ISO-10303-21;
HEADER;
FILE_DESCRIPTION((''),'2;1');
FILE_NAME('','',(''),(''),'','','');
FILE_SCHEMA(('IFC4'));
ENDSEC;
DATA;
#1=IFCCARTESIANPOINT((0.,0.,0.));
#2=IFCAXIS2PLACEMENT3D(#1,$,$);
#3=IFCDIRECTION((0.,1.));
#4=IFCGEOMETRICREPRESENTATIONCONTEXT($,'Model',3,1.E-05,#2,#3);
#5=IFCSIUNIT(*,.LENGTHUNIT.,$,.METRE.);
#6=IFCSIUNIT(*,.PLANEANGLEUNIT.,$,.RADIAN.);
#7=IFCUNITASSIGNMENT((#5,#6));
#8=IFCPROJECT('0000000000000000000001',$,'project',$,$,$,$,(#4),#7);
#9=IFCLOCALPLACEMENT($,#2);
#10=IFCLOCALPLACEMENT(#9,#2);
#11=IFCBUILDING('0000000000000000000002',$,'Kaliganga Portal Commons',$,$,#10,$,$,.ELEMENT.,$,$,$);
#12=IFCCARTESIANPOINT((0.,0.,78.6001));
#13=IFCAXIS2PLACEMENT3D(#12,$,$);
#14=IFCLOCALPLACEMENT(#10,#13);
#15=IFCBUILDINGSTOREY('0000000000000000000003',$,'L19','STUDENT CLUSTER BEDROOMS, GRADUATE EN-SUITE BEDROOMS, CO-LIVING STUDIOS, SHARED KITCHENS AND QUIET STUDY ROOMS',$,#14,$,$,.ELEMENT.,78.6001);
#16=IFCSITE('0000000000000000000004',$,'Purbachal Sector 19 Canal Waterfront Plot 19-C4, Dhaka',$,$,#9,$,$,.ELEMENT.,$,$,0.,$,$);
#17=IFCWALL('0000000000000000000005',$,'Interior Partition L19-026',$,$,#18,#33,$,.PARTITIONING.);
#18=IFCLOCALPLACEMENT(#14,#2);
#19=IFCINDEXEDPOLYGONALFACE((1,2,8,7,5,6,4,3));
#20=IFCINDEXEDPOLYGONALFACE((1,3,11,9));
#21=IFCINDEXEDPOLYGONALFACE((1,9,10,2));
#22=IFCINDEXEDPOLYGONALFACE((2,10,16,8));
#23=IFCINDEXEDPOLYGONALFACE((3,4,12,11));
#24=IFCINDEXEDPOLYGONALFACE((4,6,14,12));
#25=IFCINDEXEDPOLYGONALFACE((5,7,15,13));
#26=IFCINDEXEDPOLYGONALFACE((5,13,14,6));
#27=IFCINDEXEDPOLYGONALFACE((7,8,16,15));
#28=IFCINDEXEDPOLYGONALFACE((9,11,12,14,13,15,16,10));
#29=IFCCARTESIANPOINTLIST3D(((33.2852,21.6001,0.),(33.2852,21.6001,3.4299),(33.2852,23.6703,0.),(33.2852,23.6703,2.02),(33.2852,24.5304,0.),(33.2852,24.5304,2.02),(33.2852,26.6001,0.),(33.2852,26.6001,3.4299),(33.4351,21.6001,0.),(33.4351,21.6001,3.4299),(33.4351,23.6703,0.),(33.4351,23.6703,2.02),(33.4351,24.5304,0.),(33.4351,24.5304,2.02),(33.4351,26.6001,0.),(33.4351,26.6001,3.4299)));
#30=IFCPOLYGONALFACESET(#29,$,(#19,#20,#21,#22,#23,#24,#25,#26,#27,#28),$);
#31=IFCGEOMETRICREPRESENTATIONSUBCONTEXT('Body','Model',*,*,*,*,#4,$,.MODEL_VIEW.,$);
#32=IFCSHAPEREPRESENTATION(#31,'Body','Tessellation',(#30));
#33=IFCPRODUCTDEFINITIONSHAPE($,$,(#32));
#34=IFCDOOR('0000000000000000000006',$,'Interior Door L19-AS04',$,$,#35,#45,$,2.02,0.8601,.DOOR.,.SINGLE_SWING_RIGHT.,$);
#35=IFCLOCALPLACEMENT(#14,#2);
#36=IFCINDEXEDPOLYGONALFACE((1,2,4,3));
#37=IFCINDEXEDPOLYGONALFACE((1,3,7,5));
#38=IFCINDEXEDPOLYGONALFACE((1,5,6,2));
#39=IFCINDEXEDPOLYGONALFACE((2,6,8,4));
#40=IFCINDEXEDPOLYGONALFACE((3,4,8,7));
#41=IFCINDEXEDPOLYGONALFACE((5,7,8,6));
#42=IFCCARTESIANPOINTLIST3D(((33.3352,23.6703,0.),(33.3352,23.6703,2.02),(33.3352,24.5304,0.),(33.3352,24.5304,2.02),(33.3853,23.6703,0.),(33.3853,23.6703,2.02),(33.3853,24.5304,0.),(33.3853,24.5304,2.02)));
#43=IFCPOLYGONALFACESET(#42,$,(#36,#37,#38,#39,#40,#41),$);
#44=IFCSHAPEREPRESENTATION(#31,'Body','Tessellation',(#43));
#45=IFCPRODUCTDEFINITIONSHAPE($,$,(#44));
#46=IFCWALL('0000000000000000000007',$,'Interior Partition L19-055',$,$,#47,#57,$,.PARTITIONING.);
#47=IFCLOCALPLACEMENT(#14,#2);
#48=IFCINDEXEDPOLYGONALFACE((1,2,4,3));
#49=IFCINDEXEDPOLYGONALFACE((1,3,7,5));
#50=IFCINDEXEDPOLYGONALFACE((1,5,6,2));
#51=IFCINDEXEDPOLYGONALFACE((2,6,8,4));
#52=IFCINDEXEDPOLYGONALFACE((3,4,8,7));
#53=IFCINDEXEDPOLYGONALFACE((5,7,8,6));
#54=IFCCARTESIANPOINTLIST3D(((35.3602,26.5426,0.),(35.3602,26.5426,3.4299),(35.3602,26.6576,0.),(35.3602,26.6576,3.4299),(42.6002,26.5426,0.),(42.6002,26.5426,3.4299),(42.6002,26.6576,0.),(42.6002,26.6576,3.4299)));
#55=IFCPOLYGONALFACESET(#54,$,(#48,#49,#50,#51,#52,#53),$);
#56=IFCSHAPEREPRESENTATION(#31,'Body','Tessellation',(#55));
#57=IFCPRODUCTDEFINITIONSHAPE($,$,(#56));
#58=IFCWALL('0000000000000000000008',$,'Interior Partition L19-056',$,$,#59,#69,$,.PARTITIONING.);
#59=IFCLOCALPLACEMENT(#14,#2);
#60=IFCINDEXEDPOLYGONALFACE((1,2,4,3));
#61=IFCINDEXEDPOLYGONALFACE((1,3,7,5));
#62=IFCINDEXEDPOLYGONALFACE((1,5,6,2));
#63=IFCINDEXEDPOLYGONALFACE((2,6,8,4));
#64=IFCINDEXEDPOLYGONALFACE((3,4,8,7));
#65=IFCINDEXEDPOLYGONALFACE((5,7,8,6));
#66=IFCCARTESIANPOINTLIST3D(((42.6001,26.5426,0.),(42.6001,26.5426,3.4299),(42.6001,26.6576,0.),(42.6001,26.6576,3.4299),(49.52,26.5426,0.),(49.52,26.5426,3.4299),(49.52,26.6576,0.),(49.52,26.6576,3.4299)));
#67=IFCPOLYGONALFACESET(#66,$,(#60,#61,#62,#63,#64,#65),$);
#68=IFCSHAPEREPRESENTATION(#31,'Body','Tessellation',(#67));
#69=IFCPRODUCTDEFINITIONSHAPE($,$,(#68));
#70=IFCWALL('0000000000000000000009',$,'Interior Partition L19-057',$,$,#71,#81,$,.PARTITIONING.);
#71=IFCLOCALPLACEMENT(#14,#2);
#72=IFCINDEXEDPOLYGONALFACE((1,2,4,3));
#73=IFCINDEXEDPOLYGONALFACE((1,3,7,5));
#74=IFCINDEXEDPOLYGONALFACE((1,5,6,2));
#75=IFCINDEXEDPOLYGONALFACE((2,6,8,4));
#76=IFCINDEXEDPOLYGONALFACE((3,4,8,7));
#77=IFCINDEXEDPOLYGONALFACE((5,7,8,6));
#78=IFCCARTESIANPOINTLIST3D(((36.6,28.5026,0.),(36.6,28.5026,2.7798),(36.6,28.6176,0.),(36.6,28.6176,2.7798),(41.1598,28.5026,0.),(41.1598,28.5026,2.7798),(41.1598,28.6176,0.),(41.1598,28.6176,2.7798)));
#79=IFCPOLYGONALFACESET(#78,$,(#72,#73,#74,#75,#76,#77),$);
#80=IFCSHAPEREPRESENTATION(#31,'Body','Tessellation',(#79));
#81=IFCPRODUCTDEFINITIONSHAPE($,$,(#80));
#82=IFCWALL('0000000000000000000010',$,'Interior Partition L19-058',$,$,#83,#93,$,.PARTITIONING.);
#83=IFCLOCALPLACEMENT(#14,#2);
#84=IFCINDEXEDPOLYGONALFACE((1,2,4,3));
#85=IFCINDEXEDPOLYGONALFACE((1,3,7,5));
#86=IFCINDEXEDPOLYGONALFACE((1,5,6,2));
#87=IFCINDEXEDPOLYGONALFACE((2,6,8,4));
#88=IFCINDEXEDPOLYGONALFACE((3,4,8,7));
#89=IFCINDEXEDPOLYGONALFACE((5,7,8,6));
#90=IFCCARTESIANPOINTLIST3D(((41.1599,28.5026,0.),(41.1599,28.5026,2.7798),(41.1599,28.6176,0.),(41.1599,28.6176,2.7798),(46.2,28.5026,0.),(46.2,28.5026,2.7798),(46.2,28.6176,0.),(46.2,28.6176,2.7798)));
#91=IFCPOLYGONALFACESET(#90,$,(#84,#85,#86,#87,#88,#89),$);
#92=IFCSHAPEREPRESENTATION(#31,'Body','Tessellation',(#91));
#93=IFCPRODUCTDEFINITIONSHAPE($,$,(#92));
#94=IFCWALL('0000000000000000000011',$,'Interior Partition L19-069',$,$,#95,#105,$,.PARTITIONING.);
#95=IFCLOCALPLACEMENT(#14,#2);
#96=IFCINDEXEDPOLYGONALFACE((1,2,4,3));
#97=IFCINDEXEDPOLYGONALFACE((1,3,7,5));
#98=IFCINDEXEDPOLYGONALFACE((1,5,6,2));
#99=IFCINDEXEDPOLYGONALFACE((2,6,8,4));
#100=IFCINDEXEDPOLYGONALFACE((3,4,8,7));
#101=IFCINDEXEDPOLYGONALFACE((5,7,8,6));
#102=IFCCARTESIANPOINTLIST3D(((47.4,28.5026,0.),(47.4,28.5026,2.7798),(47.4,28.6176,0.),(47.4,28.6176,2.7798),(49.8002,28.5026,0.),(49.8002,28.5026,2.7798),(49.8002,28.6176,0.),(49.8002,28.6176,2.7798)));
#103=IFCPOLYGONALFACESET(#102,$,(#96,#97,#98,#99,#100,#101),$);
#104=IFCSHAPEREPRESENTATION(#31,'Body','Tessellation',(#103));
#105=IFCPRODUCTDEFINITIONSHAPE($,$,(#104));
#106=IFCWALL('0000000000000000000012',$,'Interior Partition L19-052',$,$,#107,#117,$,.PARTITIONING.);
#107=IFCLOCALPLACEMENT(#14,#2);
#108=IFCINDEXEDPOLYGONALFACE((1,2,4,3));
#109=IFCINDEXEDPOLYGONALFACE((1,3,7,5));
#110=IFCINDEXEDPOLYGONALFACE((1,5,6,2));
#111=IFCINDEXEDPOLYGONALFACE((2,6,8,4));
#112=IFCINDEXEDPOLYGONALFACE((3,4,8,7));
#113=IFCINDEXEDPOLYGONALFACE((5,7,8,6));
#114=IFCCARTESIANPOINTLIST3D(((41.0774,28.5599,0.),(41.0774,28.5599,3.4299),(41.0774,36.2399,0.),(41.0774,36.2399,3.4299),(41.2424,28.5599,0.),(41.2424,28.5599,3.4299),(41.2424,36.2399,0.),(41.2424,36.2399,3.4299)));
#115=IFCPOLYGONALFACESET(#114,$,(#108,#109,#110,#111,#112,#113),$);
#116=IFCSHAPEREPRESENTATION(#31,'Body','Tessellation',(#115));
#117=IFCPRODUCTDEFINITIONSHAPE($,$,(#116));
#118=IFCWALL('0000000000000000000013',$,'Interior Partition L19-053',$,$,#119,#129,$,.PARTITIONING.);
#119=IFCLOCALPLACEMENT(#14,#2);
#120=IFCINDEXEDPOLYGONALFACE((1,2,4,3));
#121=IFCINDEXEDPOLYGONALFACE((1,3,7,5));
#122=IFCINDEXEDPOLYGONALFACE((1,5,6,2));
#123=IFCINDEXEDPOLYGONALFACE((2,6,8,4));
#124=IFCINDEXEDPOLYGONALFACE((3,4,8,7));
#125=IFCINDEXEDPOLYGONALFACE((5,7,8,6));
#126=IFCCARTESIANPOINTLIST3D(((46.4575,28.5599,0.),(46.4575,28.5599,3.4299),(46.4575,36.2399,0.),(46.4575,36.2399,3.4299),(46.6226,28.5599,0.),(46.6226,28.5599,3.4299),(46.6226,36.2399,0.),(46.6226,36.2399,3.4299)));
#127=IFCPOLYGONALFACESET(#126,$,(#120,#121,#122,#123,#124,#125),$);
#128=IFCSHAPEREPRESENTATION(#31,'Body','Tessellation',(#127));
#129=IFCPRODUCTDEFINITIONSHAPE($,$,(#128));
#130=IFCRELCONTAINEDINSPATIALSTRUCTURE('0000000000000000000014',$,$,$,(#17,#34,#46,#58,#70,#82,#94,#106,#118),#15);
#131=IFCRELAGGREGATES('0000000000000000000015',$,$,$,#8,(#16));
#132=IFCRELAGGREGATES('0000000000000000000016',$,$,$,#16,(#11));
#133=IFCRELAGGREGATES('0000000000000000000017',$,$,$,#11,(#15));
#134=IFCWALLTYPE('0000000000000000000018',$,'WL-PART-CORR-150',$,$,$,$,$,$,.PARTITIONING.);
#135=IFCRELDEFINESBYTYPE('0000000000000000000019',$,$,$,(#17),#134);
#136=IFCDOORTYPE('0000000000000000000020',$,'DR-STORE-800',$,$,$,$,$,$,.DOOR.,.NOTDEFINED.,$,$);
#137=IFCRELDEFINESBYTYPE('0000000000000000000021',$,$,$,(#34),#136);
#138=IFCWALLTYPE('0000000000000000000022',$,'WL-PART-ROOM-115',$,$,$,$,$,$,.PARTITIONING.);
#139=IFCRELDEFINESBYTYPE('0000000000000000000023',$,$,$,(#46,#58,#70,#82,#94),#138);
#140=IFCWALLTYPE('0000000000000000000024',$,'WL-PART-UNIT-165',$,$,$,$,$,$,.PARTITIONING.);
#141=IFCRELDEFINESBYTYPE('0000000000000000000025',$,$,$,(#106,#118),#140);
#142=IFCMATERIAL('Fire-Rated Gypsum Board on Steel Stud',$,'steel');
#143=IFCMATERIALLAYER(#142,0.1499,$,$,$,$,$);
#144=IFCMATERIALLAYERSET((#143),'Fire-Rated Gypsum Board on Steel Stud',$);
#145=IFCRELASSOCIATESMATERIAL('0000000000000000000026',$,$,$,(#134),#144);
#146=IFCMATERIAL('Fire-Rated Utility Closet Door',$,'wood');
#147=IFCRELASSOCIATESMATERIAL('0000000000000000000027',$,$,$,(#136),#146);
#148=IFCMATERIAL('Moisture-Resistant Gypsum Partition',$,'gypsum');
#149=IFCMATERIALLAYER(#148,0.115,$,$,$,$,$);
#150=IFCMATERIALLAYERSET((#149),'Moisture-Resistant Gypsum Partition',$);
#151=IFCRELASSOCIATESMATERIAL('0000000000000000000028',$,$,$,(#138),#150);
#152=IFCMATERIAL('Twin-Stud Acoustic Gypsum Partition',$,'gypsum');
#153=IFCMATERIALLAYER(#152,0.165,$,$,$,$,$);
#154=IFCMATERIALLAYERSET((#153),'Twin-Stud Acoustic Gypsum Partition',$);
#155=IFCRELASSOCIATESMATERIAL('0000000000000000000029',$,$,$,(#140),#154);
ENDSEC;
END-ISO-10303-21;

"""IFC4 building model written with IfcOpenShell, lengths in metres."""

from ifc_helpers import new_model, si_unit, direction, frame, frame_2d, origin, place, context, subcontext, project, spatial, rectangle, extrude, material, layer, layer_set, type_object, element, fill, save


model = new_model("IFC4")

# Units and contexts
model_context = context("Model", 3, precision=1e-05, world=origin(), true_north=direction((0.0, 1.0)))
body_context = subcontext(model_context, "Body", "Model", "MODEL_VIEW")
ifc_project = project(units=[si_unit("LENGTHUNIT", "METRE"), si_unit("PLANEANGLEUNIT", "RADIAN")], contexts=[model_context])

# Site, building, storey
site_placement = place(None, origin())
site = spatial("IfcSite", under=ifc_project, at=site_placement, Name="Purbachal Sector 19 Canal Waterfront Plot 19-C4, Dhaka", CompositionType="ELEMENT", RefElevation=0.0)
building_placement = place(site_placement, origin())
building = spatial("IfcBuilding", under=site, at=building_placement, Name="Kaliganga Portal Commons", CompositionType="ELEMENT")
storey_placement = place(building_placement, frame((0.0, 0.0, 78.6001)))
storey = spatial("IfcBuildingStorey", under=building, at=storey_placement, Name="L19", Description="STUDENT CLUSTER BEDROOMS, GRADUATE EN-SUITE BEDROOMS, CO-LIVING STUDIOS, SHARED KITCHENS AND QUIET STUDY ROOMS", CompositionType="ELEMENT", Elevation=78.6001)

# Wall, opening, door
ifc_material_1 = material(Name="Fire-Rated Gypsum Board on Steel Stud", Category="steel")
ifc_layer_1 = layer(ifc_material_1, 0.1499)
ifc_layer_set_1 = layer_set([ifc_layer_1], Name="Fire-Rated Gypsum Board on Steel Stud")
wall_type_1 = type_object("IfcWallType", Name="WL-PART-CORR-150", PredefinedType="PARTITIONING", material=ifc_layer_set_1)
wall_1_placement = place(storey_placement, frame((33.3601, 21.6001, 0.0), z_axis=(0.0, 0.0, 1.0), x_axis=(0.0, 1.0, 0.0)))
wall_1 = element("IfcWall", 1, at=wall_1_placement, inside=storey, type_object=wall_type_1, Name="Interior Partition L19-026", PredefinedType="PARTITIONING", context=body_context, shape_type="SweptSolid", body=[
    extrude(rectangle(XDim=5.0, YDim=0.1499, at=frame_2d((2.5, 0.0))), origin(), (0.0, 0.0, 1.0), 3.4299),
])
opening_1_placement = place(wall_1_placement, frame((2.0701, 0.0, 0.0)))
opening_1 = element("IfcOpeningElement", 2, at=opening_1_placement, cuts=wall_1, PredefinedType="OPENING", context=body_context, shape_type="SweptSolid", body=[
    extrude(rectangle(XDim=0.8601, YDim=2.02, at=frame_2d((0.4302, 1.01))), frame((0.0, 0.085, 0.0), z_axis=(0.0, -1.0, 0.0), x_axis=(1.0, 0.0, 0.0)), (0.0, 0.0, 1.0), 0.1699),
])
ifc_material_2 = material(Name="Fire-Rated Utility Closet Door", Category="wood")
door_type_1 = type_object("IfcDoorType", Name="DR-STORE-800", OperationType="NOTDEFINED", PredefinedType="DOOR", material=ifc_material_2)
door_1_placement = place(opening_1_placement, origin())
door_1 = element("IfcDoor", 3, at=door_1_placement, inside=storey, type_object=door_type_1, Name="Interior Door L19-AS04", OperationType="SINGLE_SWING_RIGHT", OverallHeight=2.02, OverallWidth=0.8601, PredefinedType="DOOR", context=body_context, shape_type="SweptSolid", body=[
    extrude(rectangle(XDim=0.8601, YDim=2.02, at=frame_2d((0.4302, 1.01))), frame((0.0, 0.0249, 0.0), z_axis=(0.0, -1.0, 0.0), x_axis=(1.0, 0.0, 0.0)), (0.0, 0.0, 1.0), 0.05),
])
fill(opening_1, door_1)

# Walls
ifc_material_3 = material(Name="Moisture-Resistant Gypsum Partition", Category="gypsum")
ifc_layer_2 = layer(ifc_material_3, 0.115)
ifc_layer_set_2 = layer_set([ifc_layer_2], Name="Moisture-Resistant Gypsum Partition")
wall_type_2 = type_object("IfcWallType", Name="WL-PART-ROOM-115", PredefinedType="PARTITIONING", material=ifc_layer_set_2)
wall_2_placement = place(storey_placement, frame((35.3601, 26.6001, 0.0), z_axis=(0.0, 0.0, 1.0), x_axis=(1.0, 0.0, 0.0)))
element("IfcWall", 4, at=wall_2_placement, inside=storey, type_object=wall_type_2, Name="Interior Partition L19-055", PredefinedType="PARTITIONING", context=body_context, shape_type="SweptSolid", body=[
    extrude(rectangle(XDim=7.24, YDim=0.115, at=frame_2d((3.6201, 0.0))), origin(), (0.0, 0.0, 1.0), 3.4299),
])
wall_3_placement = place(storey_placement, frame((42.6001, 26.6001, 0.0), z_axis=(0.0, 0.0, 1.0), x_axis=(1.0, 0.0, 0.0)))
element("IfcWall", 5, at=wall_3_placement, inside=storey, type_object=wall_type_2, Name="Interior Partition L19-056", PredefinedType="PARTITIONING", context=body_context, shape_type="SweptSolid", body=[
    extrude(rectangle(XDim=6.9199, YDim=0.115, at=frame_2d((3.46, 0.0))), origin(), (0.0, 0.0, 1.0), 3.4299),
])
wall_4_placement = place(storey_placement, frame((36.6001, 28.5601, 0.0), z_axis=(0.0, 0.0, 1.0), x_axis=(1.0, 0.0, 0.0)))
element("IfcWall", 6, at=wall_4_placement, inside=storey, type_object=wall_type_2, Name="Interior Partition L19-057", PredefinedType="PARTITIONING", context=body_context, shape_type="SweptSolid", body=[
    extrude(rectangle(XDim=4.5598, YDim=0.115, at=frame_2d((2.2798, 0.0))), origin(), (0.0, 0.0, 1.0), 2.7798),
])
wall_5_placement = place(storey_placement, frame((41.1599, 28.5601, 0.0), z_axis=(0.0, 0.0, 1.0), x_axis=(1.0, 0.0, 0.0)))
element("IfcWall", 7, at=wall_5_placement, inside=storey, type_object=wall_type_2, Name="Interior Partition L19-058", PredefinedType="PARTITIONING", context=body_context, shape_type="SweptSolid", body=[
    extrude(rectangle(XDim=5.04, YDim=0.115, at=frame_2d((2.52, 0.0))), origin(), (0.0, 0.0, 1.0), 2.7798),
])
wall_6_placement = place(storey_placement, frame((47.3999, 28.5601, 0.0), z_axis=(0.0, 0.0, 1.0), x_axis=(1.0, 0.0, 0.0)))
element("IfcWall", 8, at=wall_6_placement, inside=storey, type_object=wall_type_2, Name="Interior Partition L19-069", PredefinedType="PARTITIONING", context=body_context, shape_type="SweptSolid", body=[
    extrude(rectangle(XDim=2.4001, YDim=0.115, at=frame_2d((1.2002, 0.0))), origin(), (0.0, 0.0, 1.0), 2.7798),
])
ifc_material_4 = material(Name="Twin-Stud Acoustic Gypsum Partition", Category="gypsum")
ifc_layer_3 = layer(ifc_material_4, 0.165)
ifc_layer_set_3 = layer_set([ifc_layer_3], Name="Twin-Stud Acoustic Gypsum Partition")
wall_type_3 = type_object("IfcWallType", Name="WL-PART-UNIT-165", PredefinedType="PARTITIONING", material=ifc_layer_set_3)
for number, where, z_axis, x_axis, name in (
    (9, (41.1599, 28.5601, 0.0), (0.0, 0.0, 1.0), (0.0, 1.0, 0.0), "Interior Partition L19-052"),
    (10, (46.54, 28.5601, 0.0), (0.0, 0.0, 1.0), (0.0, 1.0, 0.0), "Interior Partition L19-053"),
):
    element("IfcWall", number, at=place(storey_placement, frame(where, z_axis=z_axis, x_axis=x_axis)), inside=storey, type_object=wall_type_3, Name=name, PredefinedType="PARTITIONING", context=body_context, shape_type="SweptSolid", body=[
        extrude(rectangle(XDim=7.6799, YDim=0.165, at=frame_2d((3.8398, 0.0))), origin(), (0.0, 0.0, 1.0), 3.4299),
    ])

save(model, "model.ifc")
